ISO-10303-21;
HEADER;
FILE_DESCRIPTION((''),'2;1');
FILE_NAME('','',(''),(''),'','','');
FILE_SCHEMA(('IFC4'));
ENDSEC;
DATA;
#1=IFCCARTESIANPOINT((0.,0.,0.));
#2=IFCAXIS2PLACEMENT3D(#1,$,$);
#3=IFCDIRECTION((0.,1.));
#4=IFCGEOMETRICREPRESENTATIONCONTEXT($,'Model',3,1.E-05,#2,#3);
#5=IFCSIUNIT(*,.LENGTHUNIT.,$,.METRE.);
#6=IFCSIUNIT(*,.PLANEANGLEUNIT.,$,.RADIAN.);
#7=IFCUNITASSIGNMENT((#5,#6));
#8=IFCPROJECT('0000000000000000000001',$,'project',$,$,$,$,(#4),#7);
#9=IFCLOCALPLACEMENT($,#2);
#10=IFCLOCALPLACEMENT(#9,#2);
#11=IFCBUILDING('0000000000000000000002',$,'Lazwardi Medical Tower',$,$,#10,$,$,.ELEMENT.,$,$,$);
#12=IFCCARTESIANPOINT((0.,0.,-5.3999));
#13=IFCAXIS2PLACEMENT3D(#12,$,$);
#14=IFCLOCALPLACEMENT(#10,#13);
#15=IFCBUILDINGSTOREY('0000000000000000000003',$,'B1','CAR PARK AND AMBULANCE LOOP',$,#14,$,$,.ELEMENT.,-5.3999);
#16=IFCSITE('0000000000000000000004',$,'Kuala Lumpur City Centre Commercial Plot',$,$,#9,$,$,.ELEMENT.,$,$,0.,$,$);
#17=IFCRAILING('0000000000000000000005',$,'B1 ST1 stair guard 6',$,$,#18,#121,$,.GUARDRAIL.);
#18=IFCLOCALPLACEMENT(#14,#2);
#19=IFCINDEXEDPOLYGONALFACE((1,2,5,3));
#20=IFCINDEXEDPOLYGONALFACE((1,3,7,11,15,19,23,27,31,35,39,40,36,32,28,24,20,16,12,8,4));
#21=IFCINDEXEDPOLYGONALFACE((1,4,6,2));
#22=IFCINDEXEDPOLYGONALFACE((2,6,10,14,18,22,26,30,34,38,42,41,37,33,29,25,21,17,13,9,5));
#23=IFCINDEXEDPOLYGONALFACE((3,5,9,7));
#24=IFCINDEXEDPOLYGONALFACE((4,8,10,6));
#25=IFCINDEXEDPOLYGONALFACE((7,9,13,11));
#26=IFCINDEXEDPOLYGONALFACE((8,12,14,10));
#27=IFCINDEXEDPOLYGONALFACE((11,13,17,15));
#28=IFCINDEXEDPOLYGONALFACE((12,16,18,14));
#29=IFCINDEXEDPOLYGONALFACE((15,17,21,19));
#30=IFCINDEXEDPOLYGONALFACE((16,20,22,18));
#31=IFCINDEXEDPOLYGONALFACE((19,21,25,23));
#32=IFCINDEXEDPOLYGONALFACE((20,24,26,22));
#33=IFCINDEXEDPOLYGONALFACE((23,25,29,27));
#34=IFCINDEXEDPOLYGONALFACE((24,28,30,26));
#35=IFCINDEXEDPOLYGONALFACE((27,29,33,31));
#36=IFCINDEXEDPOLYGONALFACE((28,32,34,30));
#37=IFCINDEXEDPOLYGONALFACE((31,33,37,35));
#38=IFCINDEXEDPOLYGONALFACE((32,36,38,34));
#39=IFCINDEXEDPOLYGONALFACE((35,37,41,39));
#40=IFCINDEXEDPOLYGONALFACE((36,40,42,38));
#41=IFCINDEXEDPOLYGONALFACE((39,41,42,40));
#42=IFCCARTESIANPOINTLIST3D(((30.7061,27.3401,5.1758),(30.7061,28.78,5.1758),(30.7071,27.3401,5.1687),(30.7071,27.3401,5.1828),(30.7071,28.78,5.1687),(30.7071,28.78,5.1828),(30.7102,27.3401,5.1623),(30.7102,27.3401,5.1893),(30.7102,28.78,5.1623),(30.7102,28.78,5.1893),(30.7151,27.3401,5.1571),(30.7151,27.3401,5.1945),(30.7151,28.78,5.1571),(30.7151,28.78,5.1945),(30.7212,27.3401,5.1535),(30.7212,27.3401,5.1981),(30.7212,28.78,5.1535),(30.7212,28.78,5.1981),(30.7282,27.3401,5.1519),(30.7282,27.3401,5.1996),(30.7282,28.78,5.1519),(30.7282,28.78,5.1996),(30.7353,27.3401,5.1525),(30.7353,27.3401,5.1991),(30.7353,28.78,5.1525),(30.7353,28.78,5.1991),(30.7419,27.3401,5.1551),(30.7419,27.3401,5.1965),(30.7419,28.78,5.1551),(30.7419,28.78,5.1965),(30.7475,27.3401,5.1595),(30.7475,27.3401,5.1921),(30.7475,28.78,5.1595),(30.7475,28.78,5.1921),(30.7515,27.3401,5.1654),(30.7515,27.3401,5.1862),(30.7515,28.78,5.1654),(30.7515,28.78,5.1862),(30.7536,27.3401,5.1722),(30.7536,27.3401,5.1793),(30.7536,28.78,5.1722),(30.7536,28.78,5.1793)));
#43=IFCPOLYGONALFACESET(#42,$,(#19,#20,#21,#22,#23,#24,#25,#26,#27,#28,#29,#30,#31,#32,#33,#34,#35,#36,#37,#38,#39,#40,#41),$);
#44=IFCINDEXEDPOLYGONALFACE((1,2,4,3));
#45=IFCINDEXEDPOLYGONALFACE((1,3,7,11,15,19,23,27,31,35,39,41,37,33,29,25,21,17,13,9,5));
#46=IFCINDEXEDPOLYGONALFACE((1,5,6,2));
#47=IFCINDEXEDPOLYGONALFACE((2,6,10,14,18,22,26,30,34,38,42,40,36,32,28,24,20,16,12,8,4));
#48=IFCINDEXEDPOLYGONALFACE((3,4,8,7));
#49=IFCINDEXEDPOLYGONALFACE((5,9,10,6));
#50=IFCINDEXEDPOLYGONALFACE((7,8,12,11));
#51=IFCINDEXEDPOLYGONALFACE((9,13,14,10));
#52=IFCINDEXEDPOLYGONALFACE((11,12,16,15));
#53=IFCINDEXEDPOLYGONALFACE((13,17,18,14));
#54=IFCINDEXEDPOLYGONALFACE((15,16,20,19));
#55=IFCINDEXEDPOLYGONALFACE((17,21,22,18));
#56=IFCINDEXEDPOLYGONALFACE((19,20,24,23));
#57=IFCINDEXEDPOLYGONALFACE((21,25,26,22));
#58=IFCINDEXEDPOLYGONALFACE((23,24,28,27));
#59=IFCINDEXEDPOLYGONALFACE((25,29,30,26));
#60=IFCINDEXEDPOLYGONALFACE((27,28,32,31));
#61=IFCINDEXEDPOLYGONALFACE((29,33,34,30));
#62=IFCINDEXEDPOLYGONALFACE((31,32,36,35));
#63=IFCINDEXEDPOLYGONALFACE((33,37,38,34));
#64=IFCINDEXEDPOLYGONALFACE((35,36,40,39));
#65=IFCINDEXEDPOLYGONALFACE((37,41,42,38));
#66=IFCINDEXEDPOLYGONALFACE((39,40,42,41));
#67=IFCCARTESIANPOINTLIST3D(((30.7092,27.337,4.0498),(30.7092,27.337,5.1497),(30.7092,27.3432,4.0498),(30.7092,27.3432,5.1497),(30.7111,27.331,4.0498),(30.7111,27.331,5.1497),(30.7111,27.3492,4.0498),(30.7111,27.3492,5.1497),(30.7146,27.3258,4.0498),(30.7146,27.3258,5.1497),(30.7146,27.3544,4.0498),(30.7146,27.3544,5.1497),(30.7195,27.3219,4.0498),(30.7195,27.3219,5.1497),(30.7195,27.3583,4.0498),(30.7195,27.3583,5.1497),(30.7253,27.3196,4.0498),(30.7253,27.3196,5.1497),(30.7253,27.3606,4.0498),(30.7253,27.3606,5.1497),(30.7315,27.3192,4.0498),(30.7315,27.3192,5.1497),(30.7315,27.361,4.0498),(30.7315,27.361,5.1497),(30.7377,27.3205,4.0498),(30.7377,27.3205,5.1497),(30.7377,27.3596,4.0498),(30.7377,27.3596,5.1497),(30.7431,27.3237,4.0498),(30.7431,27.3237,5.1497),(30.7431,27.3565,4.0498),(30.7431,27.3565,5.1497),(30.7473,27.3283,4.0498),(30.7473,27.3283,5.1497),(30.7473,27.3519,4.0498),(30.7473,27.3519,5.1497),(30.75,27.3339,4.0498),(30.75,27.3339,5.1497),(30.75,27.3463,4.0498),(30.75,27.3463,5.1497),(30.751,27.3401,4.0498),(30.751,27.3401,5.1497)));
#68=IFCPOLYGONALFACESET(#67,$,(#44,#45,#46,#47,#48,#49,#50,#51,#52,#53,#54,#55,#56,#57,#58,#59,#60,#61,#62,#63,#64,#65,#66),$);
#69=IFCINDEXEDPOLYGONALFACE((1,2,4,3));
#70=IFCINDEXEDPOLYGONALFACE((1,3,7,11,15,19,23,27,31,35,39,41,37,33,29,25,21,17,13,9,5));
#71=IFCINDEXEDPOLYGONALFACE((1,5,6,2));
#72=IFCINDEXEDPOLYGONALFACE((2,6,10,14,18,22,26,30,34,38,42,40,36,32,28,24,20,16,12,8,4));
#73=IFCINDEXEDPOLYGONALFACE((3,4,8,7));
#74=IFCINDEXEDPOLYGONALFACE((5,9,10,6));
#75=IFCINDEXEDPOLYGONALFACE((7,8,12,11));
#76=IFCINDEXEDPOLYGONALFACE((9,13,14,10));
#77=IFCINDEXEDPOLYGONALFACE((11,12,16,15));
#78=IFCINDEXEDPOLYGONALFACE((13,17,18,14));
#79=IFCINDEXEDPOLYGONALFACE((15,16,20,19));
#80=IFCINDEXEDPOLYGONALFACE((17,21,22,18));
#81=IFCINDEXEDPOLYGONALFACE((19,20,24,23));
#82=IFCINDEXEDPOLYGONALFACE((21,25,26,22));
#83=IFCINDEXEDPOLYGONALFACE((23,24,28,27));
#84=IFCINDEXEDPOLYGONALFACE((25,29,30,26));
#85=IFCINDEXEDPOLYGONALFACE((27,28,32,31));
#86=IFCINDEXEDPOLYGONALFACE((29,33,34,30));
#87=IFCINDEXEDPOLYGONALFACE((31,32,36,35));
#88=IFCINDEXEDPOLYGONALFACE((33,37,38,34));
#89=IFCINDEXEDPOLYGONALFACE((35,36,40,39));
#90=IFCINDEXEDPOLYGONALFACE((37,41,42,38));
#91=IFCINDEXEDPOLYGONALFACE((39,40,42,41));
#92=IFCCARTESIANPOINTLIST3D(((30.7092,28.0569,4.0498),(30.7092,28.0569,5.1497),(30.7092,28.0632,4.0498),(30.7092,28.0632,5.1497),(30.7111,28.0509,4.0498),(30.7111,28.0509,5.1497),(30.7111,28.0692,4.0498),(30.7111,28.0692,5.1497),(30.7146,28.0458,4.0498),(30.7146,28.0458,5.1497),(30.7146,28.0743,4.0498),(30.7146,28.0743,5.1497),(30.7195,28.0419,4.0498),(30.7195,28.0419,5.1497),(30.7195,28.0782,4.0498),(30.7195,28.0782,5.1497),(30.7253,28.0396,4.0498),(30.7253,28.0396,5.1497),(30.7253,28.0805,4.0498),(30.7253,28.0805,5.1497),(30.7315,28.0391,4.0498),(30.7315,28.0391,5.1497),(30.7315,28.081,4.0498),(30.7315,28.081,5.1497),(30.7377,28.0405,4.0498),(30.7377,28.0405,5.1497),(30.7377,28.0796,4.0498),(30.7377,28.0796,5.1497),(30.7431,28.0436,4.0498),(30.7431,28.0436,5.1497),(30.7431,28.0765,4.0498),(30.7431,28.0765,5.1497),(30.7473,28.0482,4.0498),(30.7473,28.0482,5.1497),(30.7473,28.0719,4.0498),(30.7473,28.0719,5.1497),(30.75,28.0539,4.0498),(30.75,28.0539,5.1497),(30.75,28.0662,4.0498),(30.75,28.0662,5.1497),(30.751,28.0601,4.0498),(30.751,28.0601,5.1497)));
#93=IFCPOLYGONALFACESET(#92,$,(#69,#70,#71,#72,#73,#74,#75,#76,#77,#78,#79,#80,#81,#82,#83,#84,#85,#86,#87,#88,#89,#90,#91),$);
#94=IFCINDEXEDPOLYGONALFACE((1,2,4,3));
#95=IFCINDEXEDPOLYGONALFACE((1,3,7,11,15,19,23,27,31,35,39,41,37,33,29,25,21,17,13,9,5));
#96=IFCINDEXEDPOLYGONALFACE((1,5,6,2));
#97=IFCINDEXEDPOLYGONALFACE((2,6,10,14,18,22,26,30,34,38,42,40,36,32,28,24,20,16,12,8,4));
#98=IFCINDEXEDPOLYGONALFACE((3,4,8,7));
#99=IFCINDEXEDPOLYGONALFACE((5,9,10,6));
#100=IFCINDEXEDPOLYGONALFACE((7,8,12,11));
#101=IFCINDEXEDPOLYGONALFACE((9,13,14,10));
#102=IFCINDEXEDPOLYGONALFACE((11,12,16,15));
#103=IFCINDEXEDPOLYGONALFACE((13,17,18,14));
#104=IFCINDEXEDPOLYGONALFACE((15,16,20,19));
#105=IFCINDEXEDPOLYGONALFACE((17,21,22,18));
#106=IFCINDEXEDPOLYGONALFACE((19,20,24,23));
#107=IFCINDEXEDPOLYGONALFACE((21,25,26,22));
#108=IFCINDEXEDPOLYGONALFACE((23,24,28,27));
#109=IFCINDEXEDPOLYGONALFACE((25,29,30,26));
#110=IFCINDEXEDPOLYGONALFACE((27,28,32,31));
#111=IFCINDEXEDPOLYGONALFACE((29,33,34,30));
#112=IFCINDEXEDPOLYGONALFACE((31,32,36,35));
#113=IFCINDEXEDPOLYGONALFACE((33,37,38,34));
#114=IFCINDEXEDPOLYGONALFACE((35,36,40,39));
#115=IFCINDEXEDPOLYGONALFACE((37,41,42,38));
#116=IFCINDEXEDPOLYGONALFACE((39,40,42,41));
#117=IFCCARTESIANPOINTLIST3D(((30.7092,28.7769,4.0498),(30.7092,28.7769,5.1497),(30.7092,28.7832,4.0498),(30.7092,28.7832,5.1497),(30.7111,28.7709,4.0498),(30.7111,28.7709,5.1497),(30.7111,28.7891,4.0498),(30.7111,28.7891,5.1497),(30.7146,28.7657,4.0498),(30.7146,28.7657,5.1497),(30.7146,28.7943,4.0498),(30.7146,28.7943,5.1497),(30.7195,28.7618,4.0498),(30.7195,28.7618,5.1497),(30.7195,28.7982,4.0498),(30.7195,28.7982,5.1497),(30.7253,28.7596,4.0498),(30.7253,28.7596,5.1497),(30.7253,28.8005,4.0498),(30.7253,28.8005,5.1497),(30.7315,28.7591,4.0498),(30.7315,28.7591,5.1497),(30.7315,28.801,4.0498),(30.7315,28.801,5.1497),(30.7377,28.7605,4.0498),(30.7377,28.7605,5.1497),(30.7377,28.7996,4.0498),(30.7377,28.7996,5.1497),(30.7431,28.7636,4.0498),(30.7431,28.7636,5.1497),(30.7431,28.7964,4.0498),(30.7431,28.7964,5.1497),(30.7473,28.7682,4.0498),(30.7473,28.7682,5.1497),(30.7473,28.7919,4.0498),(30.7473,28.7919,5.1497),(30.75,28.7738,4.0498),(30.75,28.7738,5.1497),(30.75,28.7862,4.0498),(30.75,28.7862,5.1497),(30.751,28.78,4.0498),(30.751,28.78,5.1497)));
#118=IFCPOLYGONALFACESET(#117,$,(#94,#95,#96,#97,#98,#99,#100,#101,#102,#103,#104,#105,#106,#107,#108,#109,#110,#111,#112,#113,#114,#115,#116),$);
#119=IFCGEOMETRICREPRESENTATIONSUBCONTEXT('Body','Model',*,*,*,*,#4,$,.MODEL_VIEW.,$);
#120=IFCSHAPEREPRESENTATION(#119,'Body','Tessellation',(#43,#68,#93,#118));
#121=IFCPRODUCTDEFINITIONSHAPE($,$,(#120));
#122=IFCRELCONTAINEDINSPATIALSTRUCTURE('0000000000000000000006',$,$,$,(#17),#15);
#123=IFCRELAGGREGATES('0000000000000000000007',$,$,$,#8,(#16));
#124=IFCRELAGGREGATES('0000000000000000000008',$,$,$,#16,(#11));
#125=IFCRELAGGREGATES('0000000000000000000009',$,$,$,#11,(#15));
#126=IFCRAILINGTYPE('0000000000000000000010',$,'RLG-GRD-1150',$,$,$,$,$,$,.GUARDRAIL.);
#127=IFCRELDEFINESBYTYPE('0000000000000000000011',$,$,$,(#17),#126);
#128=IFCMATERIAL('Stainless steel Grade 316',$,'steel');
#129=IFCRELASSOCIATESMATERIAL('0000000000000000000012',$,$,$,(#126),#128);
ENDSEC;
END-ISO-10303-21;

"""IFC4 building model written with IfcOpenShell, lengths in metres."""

from ifc_helpers import new_model, si_unit, direction, frame, origin, origin_2d, place, context, subcontext, project, spatial, circle, extrude, material, type_object, element, save


model = new_model("IFC4")

# Units and contexts
model_context = context("Model", 3, precision=1e-05, world=origin(), true_north=direction((0.0, 1.0)))
body_context = subcontext(model_context, "Body", "Model", "MODEL_VIEW")
ifc_project = project(units=[si_unit("LENGTHUNIT", "METRE"), si_unit("PLANEANGLEUNIT", "RADIAN")], contexts=[model_context])

# Site, building, storey
site_placement = place(None, origin())
site = spatial("IfcSite", under=ifc_project, at=site_placement, Name="Kuala Lumpur City Centre Commercial Plot", CompositionType="ELEMENT", RefElevation=0.0)
building_placement = place(site_placement, origin())
building = spatial("IfcBuilding", under=site, at=building_placement, Name="Lazwardi Medical Tower", CompositionType="ELEMENT")
storey_placement = place(building_placement, frame((0.0, 0.0, -5.3999)))
storey = spatial("IfcBuildingStorey", under=building, at=storey_placement, Name="B1", Description="CAR PARK AND AMBULANCE LOOP", CompositionType="ELEMENT", Elevation=-5.3999)

# Railing
ifc_material_1 = material(Name="Stainless steel Grade 316", Category="steel")
railing_type_1 = type_object("IfcRailingType", Name="RLG-GRD-1150", PredefinedType="GUARDRAIL", material=ifc_material_1)
railing_1_placement = place(storey_placement, frame((30.73, 27.3401, 4.0498)))
element("IfcRailing", 1, at=railing_1_placement, inside=storey, type_object=railing_type_1, Name="B1 ST1 stair guard 6", PredefinedType="GUARDRAIL", context=body_context, shape_type="SweptSolid", body=[
    extrude(circle(Radius=0.0239, at=origin_2d()), frame((0.0, 0.0, 1.126), z_axis=(0.0, 1.0, 0.0), x_axis=(-1.0, 0.0, 0.0)), (0.0, 0.0, 1.0), 1.4399),
    extrude(circle(Radius=0.021, at=origin_2d()), origin(), (0.0, 0.0, 1.0), 1.0999),
    extrude(circle(Radius=0.021, at=origin_2d()), frame((0.0, 0.72, 0.0)), (0.0, 0.0, 1.0), 1.0999),
    extrude(circle(Radius=0.021, at=origin_2d()), frame((0.0, 1.4399, 0.0)), (0.0, 0.0, 1.0), 1.0999),
])

save(model, "model.ifc")
